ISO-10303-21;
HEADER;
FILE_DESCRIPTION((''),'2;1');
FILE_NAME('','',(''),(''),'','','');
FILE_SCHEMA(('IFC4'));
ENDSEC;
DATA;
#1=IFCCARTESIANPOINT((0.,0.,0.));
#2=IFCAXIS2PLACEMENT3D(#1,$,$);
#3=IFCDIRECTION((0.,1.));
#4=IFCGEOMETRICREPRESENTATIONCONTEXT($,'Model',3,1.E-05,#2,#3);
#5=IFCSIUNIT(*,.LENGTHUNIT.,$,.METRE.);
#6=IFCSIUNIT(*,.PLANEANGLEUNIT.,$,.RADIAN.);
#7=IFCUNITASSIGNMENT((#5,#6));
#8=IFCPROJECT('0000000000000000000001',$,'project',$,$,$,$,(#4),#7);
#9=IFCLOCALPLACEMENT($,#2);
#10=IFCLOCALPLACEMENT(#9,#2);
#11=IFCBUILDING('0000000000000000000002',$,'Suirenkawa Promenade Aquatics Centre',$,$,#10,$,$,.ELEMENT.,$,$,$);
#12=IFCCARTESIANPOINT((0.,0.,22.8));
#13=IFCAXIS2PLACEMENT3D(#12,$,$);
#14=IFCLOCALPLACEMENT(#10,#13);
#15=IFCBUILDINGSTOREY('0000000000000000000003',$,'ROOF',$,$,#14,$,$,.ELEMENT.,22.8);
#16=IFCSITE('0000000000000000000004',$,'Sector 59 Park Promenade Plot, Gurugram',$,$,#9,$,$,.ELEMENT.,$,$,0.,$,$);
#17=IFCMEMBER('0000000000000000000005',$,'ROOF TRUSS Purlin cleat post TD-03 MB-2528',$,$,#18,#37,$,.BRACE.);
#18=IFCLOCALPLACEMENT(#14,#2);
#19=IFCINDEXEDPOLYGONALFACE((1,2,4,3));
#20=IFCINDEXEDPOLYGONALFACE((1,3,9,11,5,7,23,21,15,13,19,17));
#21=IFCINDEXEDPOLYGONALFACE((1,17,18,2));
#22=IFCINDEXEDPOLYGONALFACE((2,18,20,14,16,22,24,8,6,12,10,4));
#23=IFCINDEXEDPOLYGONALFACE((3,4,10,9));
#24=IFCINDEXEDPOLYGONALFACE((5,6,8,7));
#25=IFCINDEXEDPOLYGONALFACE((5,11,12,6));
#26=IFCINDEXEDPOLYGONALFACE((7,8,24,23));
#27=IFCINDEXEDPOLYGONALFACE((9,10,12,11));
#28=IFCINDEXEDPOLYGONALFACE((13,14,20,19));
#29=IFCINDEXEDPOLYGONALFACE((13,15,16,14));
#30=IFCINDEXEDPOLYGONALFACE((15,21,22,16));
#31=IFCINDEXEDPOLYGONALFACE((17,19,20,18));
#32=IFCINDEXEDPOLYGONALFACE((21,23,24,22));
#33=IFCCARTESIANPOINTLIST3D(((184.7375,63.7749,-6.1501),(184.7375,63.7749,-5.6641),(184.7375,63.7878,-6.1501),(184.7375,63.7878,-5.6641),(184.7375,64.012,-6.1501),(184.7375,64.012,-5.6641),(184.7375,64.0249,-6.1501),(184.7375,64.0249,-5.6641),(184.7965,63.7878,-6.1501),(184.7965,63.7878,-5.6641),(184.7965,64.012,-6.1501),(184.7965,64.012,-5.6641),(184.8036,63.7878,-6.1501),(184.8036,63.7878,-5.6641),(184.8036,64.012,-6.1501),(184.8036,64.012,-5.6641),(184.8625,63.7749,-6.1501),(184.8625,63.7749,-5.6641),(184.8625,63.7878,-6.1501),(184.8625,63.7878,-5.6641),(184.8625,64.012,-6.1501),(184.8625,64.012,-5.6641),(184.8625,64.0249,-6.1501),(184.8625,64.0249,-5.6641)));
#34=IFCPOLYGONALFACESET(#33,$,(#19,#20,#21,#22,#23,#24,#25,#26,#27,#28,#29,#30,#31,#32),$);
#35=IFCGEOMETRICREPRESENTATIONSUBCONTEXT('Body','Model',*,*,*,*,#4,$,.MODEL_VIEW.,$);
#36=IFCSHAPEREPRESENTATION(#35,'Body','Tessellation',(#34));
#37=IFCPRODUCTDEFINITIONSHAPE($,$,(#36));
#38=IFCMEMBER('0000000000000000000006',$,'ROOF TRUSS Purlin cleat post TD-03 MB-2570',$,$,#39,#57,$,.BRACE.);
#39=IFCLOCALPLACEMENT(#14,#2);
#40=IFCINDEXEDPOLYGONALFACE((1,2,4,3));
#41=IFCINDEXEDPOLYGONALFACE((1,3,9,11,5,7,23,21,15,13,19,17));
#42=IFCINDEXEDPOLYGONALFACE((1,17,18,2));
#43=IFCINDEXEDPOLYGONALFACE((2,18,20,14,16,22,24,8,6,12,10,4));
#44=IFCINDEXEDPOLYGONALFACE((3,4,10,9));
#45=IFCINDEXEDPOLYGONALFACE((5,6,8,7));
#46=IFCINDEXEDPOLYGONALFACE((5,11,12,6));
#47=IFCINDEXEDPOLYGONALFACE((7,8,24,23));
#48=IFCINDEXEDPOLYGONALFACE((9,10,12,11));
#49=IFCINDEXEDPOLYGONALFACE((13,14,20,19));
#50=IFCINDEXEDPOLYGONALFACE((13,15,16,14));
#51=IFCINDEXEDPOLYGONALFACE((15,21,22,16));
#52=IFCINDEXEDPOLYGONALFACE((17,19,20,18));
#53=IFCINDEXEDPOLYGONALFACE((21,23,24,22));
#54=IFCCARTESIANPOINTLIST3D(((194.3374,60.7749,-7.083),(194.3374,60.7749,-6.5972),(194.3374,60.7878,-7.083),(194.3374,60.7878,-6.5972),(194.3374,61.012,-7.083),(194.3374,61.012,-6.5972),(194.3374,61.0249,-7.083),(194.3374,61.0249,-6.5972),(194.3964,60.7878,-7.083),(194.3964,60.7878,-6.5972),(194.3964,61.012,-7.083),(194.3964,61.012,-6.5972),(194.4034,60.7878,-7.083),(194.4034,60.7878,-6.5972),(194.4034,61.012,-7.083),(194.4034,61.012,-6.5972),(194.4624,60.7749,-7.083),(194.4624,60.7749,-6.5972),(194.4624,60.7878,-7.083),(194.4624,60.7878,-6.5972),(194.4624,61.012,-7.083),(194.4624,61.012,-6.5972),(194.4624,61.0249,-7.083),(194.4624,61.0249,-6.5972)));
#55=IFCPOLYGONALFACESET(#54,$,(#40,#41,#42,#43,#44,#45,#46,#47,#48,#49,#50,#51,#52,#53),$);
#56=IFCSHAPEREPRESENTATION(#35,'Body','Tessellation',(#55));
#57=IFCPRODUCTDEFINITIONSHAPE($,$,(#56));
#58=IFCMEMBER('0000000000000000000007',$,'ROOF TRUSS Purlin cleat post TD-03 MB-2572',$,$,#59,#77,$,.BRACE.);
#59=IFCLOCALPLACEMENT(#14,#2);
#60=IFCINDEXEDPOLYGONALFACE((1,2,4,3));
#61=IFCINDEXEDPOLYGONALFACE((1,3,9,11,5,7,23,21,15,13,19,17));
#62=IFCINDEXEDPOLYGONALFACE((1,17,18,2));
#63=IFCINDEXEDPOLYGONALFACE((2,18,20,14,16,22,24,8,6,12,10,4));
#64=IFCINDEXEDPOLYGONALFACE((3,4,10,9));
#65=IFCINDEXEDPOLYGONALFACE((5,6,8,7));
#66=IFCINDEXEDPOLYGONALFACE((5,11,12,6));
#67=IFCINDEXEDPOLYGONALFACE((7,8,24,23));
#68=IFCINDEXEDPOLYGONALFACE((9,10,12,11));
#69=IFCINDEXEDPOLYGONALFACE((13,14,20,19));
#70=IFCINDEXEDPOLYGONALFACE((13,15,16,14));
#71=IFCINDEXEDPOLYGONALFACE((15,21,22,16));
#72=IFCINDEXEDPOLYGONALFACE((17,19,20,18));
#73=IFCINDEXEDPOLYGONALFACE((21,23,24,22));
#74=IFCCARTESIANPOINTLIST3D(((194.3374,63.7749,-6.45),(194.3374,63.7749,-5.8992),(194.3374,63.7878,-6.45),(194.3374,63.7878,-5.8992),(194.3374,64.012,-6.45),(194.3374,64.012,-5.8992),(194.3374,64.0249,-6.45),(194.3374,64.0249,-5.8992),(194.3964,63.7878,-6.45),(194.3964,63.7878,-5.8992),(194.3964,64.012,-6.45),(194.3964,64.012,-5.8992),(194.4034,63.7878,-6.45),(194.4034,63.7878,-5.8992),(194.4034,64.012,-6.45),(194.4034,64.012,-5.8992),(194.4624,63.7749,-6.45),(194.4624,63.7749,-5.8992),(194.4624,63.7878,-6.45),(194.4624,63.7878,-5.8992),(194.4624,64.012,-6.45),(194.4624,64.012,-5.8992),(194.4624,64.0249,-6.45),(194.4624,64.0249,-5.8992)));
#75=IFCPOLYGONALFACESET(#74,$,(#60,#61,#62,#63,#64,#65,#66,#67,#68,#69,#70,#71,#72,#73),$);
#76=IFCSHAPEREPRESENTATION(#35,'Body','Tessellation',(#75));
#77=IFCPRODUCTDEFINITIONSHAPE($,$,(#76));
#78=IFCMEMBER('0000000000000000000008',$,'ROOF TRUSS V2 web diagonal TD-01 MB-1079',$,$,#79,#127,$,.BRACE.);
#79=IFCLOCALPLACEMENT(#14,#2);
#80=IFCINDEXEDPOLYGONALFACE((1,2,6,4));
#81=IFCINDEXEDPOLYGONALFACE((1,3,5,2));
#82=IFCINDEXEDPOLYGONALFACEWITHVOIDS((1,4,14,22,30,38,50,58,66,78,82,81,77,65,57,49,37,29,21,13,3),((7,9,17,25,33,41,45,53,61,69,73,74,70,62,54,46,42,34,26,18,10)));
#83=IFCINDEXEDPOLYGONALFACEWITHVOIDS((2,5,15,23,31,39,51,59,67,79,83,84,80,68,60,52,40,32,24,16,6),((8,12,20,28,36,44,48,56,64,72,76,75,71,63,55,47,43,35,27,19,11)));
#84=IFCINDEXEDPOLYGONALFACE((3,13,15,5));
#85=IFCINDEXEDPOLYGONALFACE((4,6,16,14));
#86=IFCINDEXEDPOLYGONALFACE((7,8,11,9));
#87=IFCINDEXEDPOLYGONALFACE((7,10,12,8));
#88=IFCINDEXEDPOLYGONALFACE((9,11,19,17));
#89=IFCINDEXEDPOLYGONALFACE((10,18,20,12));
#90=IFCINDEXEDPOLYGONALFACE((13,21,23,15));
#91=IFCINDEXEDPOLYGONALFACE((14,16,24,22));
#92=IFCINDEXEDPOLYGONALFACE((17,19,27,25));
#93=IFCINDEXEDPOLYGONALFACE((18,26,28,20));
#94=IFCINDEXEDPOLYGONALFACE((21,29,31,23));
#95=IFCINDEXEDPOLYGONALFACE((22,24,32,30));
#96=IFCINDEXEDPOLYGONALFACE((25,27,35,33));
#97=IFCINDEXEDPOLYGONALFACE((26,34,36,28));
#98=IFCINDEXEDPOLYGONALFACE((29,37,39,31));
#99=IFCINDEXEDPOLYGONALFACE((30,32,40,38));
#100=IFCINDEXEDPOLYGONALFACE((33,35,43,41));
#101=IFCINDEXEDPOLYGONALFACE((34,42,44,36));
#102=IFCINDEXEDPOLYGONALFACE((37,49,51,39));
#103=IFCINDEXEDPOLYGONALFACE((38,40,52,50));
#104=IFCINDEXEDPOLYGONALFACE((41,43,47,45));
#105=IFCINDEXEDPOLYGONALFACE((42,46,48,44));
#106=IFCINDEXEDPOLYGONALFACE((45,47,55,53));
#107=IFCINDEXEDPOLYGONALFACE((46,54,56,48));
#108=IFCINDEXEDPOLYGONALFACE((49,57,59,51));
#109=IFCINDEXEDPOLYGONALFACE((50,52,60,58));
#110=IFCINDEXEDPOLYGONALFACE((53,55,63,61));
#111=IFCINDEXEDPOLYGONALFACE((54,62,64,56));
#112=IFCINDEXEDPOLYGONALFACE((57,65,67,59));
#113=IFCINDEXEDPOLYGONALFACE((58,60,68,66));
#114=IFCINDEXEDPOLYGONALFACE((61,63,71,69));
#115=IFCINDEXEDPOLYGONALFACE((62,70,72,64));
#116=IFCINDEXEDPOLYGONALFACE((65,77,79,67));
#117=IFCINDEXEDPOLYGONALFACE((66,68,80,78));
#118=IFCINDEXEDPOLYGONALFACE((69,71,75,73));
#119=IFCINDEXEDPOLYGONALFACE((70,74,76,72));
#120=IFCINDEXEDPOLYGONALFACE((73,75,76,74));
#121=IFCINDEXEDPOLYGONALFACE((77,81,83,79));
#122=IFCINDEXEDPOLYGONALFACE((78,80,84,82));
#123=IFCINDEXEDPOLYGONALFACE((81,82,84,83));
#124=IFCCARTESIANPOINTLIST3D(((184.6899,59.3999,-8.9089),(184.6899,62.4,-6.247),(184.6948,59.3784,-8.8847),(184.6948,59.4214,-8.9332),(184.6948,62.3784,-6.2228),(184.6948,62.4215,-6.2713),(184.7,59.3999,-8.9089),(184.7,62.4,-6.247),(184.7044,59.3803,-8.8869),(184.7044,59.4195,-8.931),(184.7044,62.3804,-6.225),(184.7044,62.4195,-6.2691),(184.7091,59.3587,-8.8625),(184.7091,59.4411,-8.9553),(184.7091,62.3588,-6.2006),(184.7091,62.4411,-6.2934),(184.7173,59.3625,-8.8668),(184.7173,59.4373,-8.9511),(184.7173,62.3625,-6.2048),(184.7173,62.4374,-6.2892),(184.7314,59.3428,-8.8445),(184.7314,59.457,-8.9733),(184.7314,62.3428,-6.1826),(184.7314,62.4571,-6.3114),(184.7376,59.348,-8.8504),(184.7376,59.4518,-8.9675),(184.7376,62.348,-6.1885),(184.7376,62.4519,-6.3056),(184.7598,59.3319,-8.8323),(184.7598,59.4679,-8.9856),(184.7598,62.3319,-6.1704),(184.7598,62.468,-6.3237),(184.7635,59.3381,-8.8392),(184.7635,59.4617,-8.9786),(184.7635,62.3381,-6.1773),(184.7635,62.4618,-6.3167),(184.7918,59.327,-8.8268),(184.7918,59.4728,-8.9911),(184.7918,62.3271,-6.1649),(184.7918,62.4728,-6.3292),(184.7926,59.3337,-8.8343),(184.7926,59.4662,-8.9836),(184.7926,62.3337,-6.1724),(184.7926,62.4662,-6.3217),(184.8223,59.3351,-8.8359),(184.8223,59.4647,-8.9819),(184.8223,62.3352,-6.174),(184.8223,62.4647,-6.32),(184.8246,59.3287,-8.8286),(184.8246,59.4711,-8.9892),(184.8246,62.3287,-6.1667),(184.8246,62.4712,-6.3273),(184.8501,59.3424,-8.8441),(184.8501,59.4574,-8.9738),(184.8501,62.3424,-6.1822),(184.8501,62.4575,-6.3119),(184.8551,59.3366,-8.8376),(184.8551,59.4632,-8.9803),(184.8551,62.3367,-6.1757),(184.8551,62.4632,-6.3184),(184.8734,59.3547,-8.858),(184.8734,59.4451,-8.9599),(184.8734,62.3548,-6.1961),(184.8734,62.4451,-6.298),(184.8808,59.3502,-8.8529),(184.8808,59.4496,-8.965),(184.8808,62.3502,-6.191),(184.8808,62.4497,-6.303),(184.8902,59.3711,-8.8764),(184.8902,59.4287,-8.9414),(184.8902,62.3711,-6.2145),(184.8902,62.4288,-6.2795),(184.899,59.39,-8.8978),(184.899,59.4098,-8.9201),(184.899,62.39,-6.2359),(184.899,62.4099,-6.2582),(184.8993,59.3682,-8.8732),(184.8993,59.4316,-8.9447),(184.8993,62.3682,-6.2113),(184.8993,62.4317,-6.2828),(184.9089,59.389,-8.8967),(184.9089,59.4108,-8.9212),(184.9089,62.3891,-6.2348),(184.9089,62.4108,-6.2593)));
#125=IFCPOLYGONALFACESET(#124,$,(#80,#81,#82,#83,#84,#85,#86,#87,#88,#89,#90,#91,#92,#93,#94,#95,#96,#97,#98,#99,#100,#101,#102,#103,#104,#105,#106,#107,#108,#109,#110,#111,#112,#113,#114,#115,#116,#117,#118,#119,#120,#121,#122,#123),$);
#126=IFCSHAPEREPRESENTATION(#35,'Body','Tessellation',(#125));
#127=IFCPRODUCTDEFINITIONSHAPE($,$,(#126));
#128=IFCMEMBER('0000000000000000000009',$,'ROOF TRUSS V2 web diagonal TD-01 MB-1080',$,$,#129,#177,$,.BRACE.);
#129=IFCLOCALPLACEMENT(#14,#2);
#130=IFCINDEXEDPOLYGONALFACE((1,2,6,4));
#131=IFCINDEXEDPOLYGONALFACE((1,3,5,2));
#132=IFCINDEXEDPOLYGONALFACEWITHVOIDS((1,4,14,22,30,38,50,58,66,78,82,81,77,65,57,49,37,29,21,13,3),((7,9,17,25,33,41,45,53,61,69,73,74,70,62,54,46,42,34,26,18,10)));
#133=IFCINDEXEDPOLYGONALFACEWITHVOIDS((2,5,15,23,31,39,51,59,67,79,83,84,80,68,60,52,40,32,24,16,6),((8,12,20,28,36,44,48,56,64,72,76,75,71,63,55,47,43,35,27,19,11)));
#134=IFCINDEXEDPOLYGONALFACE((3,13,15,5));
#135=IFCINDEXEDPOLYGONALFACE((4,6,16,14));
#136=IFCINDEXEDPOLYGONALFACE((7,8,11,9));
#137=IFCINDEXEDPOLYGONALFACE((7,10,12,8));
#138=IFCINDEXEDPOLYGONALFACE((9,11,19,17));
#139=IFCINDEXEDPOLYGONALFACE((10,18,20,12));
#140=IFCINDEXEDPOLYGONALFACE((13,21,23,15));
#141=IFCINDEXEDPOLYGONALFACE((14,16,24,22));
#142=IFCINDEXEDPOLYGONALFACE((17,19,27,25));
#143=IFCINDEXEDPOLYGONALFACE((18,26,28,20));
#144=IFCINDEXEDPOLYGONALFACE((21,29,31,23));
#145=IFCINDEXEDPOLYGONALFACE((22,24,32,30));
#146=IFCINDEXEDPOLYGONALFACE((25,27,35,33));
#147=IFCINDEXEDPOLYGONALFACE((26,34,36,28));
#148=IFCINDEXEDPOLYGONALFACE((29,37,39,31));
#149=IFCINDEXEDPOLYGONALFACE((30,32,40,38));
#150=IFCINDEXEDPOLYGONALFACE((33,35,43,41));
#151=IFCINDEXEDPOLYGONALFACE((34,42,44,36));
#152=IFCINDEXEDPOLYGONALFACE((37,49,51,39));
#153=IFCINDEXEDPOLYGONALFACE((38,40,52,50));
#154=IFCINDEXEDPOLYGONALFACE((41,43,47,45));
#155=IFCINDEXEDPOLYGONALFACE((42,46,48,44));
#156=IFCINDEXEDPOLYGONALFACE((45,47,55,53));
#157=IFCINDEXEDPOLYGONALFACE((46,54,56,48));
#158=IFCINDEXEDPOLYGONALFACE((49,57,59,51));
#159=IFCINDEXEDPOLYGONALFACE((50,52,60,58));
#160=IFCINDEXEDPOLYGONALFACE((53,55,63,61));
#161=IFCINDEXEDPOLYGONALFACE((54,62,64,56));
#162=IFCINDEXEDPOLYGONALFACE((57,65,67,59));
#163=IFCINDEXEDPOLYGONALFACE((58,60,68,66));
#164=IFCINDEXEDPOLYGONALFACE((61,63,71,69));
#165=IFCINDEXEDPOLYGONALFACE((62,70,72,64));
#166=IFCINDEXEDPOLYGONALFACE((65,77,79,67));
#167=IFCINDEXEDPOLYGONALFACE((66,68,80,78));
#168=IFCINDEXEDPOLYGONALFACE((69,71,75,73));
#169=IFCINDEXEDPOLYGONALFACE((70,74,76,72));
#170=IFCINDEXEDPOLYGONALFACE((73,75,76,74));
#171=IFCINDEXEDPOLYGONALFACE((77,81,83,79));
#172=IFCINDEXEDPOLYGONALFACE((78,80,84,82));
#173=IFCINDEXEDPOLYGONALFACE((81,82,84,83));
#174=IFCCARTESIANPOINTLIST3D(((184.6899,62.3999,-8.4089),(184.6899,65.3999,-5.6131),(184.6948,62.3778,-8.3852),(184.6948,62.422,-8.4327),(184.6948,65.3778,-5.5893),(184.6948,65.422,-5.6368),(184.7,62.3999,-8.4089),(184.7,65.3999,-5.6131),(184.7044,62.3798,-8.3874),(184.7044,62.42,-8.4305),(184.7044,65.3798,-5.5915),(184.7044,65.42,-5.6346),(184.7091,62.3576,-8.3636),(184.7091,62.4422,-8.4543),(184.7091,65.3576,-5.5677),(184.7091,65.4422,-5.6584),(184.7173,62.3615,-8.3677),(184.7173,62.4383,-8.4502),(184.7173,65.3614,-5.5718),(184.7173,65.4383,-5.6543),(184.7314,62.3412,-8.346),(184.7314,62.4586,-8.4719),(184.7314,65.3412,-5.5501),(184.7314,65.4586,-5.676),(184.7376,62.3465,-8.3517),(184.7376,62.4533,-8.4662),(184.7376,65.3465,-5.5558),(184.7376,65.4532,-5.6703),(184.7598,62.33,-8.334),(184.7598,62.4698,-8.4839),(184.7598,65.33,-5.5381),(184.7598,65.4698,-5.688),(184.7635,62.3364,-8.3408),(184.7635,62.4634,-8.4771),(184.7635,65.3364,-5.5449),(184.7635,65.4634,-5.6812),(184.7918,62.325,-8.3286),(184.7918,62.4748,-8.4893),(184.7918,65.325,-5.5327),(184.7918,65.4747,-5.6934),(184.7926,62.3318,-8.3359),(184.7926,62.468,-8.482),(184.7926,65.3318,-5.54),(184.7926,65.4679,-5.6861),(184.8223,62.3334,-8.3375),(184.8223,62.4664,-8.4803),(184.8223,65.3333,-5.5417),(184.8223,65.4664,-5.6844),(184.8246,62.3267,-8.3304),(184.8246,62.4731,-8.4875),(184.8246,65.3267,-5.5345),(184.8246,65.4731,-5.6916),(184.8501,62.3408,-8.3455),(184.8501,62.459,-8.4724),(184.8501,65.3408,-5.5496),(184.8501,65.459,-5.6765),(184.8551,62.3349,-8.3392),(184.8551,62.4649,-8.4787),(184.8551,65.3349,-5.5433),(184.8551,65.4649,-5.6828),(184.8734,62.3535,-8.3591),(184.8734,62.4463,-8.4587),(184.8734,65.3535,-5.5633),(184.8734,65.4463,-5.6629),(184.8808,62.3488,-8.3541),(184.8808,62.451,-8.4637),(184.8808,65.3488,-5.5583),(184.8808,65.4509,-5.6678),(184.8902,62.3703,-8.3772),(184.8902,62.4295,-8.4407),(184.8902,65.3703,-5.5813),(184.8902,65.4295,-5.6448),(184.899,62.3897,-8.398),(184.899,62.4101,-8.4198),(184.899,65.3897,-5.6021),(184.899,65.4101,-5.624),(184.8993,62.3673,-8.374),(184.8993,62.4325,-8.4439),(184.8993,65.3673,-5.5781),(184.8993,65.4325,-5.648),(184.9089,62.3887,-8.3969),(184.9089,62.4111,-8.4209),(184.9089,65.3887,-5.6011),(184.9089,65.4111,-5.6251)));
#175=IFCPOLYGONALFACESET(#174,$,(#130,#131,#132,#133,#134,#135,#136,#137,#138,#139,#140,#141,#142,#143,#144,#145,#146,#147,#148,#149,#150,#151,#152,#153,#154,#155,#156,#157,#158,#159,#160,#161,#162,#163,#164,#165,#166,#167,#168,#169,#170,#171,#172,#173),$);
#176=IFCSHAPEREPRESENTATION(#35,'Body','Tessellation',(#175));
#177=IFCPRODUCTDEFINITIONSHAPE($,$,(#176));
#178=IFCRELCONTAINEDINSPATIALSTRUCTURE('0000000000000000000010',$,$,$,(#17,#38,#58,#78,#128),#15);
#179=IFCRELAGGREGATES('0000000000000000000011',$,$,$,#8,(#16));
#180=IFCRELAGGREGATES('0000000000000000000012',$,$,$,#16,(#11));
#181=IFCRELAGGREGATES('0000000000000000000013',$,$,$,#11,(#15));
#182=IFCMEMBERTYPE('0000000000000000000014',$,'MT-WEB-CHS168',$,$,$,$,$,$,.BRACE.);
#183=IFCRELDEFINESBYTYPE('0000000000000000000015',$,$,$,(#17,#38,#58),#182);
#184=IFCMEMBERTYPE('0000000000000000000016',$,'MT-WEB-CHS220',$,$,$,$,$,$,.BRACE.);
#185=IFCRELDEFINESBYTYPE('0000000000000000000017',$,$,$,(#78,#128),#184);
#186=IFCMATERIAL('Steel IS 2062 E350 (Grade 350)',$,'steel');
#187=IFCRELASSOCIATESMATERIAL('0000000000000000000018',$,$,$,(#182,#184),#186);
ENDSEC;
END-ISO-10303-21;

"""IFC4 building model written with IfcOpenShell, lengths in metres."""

from ifc_helpers import new_model, si_unit, direction, frame, origin, origin_2d, place, context, subcontext, project, spatial, hollow_circle, i_section, extrude, material, material_profile, profile_set, type_object, element, save


model = new_model("IFC4")

# Units and contexts
model_context = context("Model", 3, precision=1e-05, world=origin(), true_north=direction((0.0, 1.0)))
body_context = subcontext(model_context, "Body", "Model", "MODEL_VIEW")
ifc_project = project(units=[si_unit("LENGTHUNIT", "METRE"), si_unit("PLANEANGLEUNIT", "RADIAN")], contexts=[model_context])

# Site, building, storey
site_placement = place(None, origin())
site = spatial("IfcSite", under=ifc_project, at=site_placement, Name="Sector 59 Park Promenade Plot, Gurugram", CompositionType="ELEMENT", RefElevation=0.0)
building_placement = place(site_placement, origin())
building = spatial("IfcBuilding", under=site, at=building_placement, Name="Suirenkawa Promenade Aquatics Centre", CompositionType="ELEMENT")
storey_placement = place(building_placement, frame((0.0, 0.0, 22.8)))
storey = spatial("IfcBuildingStorey", under=building, at=storey_placement, Name="ROOF", CompositionType="ELEMENT", Elevation=22.8)

# Shared definitions
ifc_material = material(Name="Steel IS 2062 E350 (Grade 350)", Category="steel")

# Members
ifc_material_profile_1 = material_profile(ifc_material, i_section(OverallWidth=0.125, OverallDepth=0.25, WebThickness=0.0071, FlangeThickness=0.0129, at=origin_2d()), Name="ISMB 250", Category="steel")
ifc_profile_set_1 = profile_set([ifc_material_profile_1], Name="Steel IS 2062 E350 (Grade 350)")
member_type_1 = type_object("IfcMemberType", Name="MT-WEB-CHS168", PredefinedType="BRACE", material=ifc_profile_set_1)
member_1_placement = place(storey_placement, frame((184.8, 63.8999, -6.1501), z_axis=(0.0, 0.0, 1.0), x_axis=(1.0, 0.0, 0.0)))
element("IfcMember", 1, at=member_1_placement, inside=storey, type_object=member_type_1, Name="ROOF TRUSS Purlin cleat post TD-03 MB-2528", PredefinedType="BRACE", context=body_context, shape_type="SweptSolid", body=[
    extrude(i_section(OverallWidth=0.125, OverallDepth=0.25, WebThickness=0.0071, FlangeThickness=0.0129, at=origin_2d()), origin(), (0.0, 0.0, 1.0), 0.4861),
])
member_2_placement = place(storey_placement, frame((194.3999, 60.8999, -7.083), z_axis=(0.0, 0.0, 1.0), x_axis=(1.0, 0.0, 0.0)))
element("IfcMember", 2, at=member_2_placement, inside=storey, type_object=member_type_1, Name="ROOF TRUSS Purlin cleat post TD-03 MB-2570", PredefinedType="BRACE", context=body_context, shape_type="SweptSolid", body=[
    extrude(i_section(OverallWidth=0.125, OverallDepth=0.25, WebThickness=0.0071, FlangeThickness=0.0129, at=origin_2d()), origin(), (0.0, 0.0, 1.0), 0.4858),
])
member_3_placement = place(storey_placement, frame((194.3999, 63.8999, -6.45), z_axis=(0.0, 0.0, 1.0), x_axis=(1.0, 0.0, 0.0)))
element("IfcMember", 3, at=member_3_placement, inside=storey, type_object=member_type_1, Name="ROOF TRUSS Purlin cleat post TD-03 MB-2572", PredefinedType="BRACE", context=body_context, shape_type="SweptSolid", body=[
    extrude(i_section(OverallWidth=0.125, OverallDepth=0.25, WebThickness=0.0071, FlangeThickness=0.0129, at=origin_2d()), origin(), (0.0, 0.0, 1.0), 0.5508),
])
ifc_material_profile_2 = material_profile(ifc_material, hollow_circle(Radius=0.1101, WallThickness=0.01, at=origin_2d()), Name="CHS 220x10", Category="steel")
ifc_profile_set_2 = profile_set([ifc_material_profile_2], Name="Steel IS 2062 E350 (Grade 350)")
member_type_2 = type_object("IfcMemberType", Name="MT-WEB-CHS220", PredefinedType="BRACE", material=ifc_profile_set_2)
member_4_placement = place(storey_placement, frame((184.8, 59.3999, -8.9089), z_axis=(0.0, 0.748003, 0.663695), x_axis=(-1.0, 0.0, 0.0)))
element("IfcMember", 4, at=member_4_placement, inside=storey, type_object=member_type_2, Name="ROOF TRUSS V2 web diagonal TD-01 MB-1079", PredefinedType="BRACE", context=body_context, shape_type="SweptSolid", body=[
    extrude(hollow_circle(Radius=0.1101, WallThickness=0.01, at=origin_2d()), origin(), (0.0, 0.0, 1.0), 4.0107),
])
member_5_placement = place(storey_placement, frame((184.8, 62.3999, -8.4089), z_axis=(0.0, 0.731554, 0.681784), x_axis=(-1.0, 0.0, 0.0)))
element("IfcMember", 5, at=member_5_placement, inside=storey, type_object=member_type_2, Name="ROOF TRUSS V2 web diagonal TD-01 MB-1080", PredefinedType="BRACE", context=body_context, shape_type="SweptSolid", body=[
    extrude(hollow_circle(Radius=0.1101, WallThickness=0.01, at=origin_2d()), origin(), (0.0, 0.0, 1.0), 4.1008),
])

save(model, "model.ifc")
